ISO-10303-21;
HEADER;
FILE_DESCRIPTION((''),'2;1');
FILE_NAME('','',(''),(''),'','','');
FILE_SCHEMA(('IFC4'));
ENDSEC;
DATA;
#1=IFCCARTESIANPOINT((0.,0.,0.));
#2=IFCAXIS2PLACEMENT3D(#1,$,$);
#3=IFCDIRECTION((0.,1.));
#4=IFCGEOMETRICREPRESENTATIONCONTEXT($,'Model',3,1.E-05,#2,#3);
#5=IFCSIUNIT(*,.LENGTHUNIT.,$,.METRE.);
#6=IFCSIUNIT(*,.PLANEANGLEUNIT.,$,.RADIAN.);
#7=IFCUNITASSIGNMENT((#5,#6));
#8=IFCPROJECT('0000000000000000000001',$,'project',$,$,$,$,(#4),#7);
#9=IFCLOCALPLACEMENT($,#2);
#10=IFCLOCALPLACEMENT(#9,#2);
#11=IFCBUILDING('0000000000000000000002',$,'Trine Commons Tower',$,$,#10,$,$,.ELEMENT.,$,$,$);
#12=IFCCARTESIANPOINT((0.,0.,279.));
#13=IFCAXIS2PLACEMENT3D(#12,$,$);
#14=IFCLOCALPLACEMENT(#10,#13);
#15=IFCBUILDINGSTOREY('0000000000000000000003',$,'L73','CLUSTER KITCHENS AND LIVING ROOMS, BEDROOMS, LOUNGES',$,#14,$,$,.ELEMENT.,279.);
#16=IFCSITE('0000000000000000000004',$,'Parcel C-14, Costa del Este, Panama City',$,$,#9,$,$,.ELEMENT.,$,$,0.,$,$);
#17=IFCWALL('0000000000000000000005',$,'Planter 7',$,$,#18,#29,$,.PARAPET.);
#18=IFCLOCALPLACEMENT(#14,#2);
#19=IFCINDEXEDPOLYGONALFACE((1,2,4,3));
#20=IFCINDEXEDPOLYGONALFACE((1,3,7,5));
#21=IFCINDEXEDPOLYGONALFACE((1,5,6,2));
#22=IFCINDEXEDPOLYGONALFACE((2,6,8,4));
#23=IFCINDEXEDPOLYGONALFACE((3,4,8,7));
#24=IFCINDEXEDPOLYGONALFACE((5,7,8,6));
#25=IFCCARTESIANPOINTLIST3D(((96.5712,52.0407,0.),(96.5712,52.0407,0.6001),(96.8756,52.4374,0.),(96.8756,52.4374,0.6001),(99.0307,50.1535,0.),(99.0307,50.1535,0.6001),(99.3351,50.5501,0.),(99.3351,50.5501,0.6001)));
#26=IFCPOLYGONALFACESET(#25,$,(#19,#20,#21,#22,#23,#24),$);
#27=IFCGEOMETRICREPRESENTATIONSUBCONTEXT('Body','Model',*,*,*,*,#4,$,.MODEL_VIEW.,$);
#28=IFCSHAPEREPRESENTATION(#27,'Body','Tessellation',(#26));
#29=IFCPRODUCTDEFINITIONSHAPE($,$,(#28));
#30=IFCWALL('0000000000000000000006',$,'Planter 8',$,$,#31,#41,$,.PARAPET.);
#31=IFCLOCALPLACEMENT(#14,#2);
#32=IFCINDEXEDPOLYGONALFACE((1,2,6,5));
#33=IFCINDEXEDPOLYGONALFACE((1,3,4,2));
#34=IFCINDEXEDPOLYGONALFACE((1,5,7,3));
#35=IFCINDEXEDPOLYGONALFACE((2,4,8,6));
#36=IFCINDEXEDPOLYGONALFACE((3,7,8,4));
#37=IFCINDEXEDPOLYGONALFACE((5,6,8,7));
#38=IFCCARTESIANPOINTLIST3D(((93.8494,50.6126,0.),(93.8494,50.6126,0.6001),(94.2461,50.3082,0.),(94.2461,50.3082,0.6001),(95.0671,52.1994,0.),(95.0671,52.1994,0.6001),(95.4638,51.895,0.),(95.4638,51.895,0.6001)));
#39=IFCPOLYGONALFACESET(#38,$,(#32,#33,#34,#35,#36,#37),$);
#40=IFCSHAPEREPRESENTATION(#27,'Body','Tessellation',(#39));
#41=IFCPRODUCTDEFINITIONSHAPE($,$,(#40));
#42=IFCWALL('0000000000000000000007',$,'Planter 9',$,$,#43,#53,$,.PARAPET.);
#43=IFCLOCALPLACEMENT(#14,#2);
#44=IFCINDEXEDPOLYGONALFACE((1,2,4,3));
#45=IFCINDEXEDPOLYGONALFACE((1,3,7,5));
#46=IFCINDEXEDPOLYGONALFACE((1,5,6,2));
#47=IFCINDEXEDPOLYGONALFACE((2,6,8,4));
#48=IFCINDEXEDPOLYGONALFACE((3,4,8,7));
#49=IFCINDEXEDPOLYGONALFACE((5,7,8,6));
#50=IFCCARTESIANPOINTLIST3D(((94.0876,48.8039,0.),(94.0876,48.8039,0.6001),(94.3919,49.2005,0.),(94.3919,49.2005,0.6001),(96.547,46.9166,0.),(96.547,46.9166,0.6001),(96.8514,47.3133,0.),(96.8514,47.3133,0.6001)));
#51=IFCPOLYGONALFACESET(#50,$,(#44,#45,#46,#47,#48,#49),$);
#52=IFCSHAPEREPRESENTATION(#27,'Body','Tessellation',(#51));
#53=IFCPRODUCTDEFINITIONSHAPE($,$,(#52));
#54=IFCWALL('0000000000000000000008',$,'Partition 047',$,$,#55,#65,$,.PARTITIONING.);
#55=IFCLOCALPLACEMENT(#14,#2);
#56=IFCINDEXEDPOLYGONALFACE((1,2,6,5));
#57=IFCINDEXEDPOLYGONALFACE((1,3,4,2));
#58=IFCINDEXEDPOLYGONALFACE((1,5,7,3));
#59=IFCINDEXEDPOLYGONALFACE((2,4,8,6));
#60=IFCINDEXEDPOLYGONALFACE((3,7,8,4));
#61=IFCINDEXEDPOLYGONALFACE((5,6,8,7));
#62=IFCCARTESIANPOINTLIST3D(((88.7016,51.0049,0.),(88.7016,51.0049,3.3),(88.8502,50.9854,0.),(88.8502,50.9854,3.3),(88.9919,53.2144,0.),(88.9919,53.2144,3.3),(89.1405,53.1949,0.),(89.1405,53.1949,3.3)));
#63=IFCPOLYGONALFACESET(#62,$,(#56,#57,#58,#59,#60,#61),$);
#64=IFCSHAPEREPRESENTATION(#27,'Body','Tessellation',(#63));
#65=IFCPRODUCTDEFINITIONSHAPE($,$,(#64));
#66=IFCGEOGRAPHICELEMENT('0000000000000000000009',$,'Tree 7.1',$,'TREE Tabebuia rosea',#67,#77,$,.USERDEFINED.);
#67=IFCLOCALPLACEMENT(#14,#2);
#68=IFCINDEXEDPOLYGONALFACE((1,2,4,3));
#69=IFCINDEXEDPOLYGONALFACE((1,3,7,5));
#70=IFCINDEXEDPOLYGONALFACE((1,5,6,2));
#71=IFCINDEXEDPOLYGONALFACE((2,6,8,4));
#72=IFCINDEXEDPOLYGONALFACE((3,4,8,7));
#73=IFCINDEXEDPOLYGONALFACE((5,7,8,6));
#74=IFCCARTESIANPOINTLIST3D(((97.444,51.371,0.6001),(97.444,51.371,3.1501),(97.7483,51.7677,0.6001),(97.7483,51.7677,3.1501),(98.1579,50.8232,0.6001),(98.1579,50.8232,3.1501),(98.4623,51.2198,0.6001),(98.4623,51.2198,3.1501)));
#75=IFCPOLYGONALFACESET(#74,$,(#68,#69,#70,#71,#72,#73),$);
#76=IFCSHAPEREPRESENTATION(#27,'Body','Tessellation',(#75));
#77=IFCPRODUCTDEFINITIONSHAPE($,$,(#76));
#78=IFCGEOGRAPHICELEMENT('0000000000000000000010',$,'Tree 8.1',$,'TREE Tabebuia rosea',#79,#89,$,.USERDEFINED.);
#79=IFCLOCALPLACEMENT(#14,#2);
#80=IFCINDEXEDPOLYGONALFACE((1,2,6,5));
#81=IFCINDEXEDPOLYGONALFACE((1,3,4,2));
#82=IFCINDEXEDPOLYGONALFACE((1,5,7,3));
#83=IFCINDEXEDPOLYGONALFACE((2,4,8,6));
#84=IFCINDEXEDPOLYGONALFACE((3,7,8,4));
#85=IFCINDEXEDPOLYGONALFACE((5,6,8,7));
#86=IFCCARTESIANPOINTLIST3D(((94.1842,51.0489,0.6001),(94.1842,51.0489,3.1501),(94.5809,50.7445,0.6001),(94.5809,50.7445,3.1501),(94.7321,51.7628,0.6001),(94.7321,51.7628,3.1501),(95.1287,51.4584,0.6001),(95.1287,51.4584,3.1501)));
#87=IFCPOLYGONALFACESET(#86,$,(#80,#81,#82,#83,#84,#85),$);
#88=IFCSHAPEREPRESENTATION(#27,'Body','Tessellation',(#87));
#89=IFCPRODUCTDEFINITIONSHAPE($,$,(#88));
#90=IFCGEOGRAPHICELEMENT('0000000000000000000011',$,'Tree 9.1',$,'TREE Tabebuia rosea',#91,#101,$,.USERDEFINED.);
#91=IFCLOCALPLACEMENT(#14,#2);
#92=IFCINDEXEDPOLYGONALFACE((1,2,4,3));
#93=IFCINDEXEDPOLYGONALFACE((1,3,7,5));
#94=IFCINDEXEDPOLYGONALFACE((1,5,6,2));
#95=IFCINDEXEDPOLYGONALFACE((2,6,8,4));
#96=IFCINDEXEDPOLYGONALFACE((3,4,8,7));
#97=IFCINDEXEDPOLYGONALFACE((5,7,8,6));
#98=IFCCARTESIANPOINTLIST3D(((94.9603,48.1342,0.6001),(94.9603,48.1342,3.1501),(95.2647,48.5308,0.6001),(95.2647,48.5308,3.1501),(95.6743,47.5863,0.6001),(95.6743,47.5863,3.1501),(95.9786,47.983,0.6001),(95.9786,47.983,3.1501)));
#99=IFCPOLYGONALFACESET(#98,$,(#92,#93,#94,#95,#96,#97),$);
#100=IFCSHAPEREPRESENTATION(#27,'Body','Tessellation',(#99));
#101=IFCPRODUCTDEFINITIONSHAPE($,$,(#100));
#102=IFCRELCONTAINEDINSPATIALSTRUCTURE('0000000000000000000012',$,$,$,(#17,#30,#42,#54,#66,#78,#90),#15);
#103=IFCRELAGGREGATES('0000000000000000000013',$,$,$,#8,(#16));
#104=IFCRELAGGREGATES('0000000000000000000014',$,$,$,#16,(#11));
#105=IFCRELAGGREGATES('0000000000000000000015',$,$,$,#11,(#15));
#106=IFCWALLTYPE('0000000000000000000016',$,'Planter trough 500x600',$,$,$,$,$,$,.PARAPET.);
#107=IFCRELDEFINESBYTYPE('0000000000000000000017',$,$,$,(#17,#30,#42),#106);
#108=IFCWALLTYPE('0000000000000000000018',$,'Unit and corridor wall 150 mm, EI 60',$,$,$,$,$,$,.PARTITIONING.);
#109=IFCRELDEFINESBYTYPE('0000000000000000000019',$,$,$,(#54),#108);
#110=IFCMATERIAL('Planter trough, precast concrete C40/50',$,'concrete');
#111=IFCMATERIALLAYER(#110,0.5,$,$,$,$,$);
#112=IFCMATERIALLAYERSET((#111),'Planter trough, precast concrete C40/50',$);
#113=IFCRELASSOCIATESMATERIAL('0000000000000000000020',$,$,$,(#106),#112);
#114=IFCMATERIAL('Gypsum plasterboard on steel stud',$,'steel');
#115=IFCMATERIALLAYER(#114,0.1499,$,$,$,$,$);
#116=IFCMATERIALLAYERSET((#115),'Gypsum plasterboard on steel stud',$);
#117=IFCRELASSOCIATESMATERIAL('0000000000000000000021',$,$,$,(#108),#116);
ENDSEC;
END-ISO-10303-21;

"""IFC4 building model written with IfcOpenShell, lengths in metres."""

from ifc_helpers import new_model, si_unit, direction, frame, frame_2d, origin, origin_2d, place, context, subcontext, project, spatial, rectangle, extrude, material, layer, layer_set, type_object, element, save


model = new_model("IFC4")

# Units and contexts
model_context = context("Model", 3, precision=1e-05, world=origin(), true_north=direction((0.0, 1.0)))
body_context = subcontext(model_context, "Body", "Model", "MODEL_VIEW")
ifc_project = project(units=[si_unit("LENGTHUNIT", "METRE"), si_unit("PLANEANGLEUNIT", "RADIAN")], contexts=[model_context])

# Site, building, storey
site_placement = place(None, origin())
site = spatial("IfcSite", under=ifc_project, at=site_placement, Name="Parcel C-14, Costa del Este, Panama City", CompositionType="ELEMENT", RefElevation=0.0)
building_placement = place(site_placement, origin())
building = spatial("IfcBuilding", under=site, at=building_placement, Name="Trine Commons Tower", CompositionType="ELEMENT")
storey_placement = place(building_placement, frame((0.0, 0.0, 279.0)))
storey = spatial("IfcBuildingStorey", under=building, at=storey_placement, Name="L73", Description="CLUSTER KITCHENS AND LIVING ROOMS, BEDROOMS, LOUNGES", CompositionType="ELEMENT", Elevation=279.0)

# Walls
ifc_material_1 = material(Name="Planter trough, precast concrete C40/50", Category="concrete")
ifc_layer_1 = layer(ifc_material_1, 0.5)
ifc_layer_set_1 = layer_set([ifc_layer_1], Name="Planter trough, precast concrete C40/50")
wall_type_1 = type_object("IfcWallType", Name="Planter trough 500x600", PredefinedType="PARAPET", material=ifc_layer_set_1)
wall_1_placement = place(storey_placement, frame((99.1829, 50.3518, 0.0), z_axis=(0.0, 0.0, 1.0), x_axis=(-0.793355, 0.608759, 0.0)))
element("IfcWall", 1, at=wall_1_placement, inside=storey, type_object=wall_type_1, Name="Planter 7", PredefinedType="PARAPET", context=body_context, shape_type="SweptSolid", body=[
    extrude(rectangle(XDim=3.1001, YDim=0.5, at=frame_2d((1.55, 0.0))), origin(), (0.0, 0.0, 1.0), 0.6001),
])
wall_2_placement = place(storey_placement, frame((95.2654, 52.0471, 0.0), z_axis=(0.0, 0.0, 1.0), x_axis=(-0.60879, -0.793331, 0.0)))
element("IfcWall", 2, at=wall_2_placement, inside=storey, type_object=wall_type_1, Name="Planter 8", PredefinedType="PARAPET", context=body_context, shape_type="SweptSolid", body=[
    extrude(rectangle(XDim=2.0002, YDim=0.5, at=frame_2d((1.0, 0.0))), origin(), (0.0, 0.0, 1.0), 0.6001),
])
wall_3_placement = place(storey_placement, frame((94.2397, 49.0022, 0.0), z_axis=(0.0, 0.0, 1.0), x_axis=(0.793355, -0.608759, 0.0)))
element("IfcWall", 3, at=wall_3_placement, inside=storey, type_object=wall_type_1, Name="Planter 9", PredefinedType="PARAPET", context=body_context, shape_type="SweptSolid", body=[
    extrude(rectangle(XDim=3.1001, YDim=0.5, at=frame_2d((1.55, 0.0))), origin(), (0.0, 0.0, 1.0), 0.6001),
])
ifc_material_2 = material(Name="Gypsum plasterboard on steel stud", Category="steel")
ifc_layer_2 = layer(ifc_material_2, 0.1499)
ifc_layer_set_2 = layer_set([ifc_layer_2], Name="Gypsum plasterboard on steel stud")
wall_type_2 = type_object("IfcWallType", Name="Unit and corridor wall 150 mm, EI 60", PredefinedType="PARTITIONING", material=ifc_layer_set_2)
wall_4_placement = place(storey_placement, frame((88.7759, 50.9951, 0.0), z_axis=(0.0, 0.0, 1.0), x_axis=(0.130262, 0.99148, 0.0)))
element("IfcWall", 4, at=wall_4_placement, inside=storey, type_object=wall_type_2, Name="Partition 047", PredefinedType="PARTITIONING", context=body_context, shape_type="SweptSolid", body=[
    extrude(rectangle(XDim=2.2285, YDim=0.1499, at=frame_2d((1.1143, 0.0))), origin(), (0.0, 0.0, 1.0), 3.3),
])

# Geographic elements
for number, where, z_axis, x_axis, name in (
    (5, (97.9531, 51.2954, 0.6001), (0.0, 0.0, 1.0), (-0.793348, 0.608768, 0.0), "Tree 7.1"),
    (6, (94.6565, 51.2537, 0.6001), (0.0, 0.0, 1.0), (-0.608764, -0.793351, 0.0), "Tree 8.1"),
    (7, (95.4695, 48.0586, 0.6001), (0.0, 0.0, 1.0), (0.793348, -0.608768, 0.0), "Tree 9.1"),
):
    element("IfcGeographicElement", number, at=place(storey_placement, frame(where, z_axis=z_axis, x_axis=x_axis)), inside=storey, Name=name, ObjectType="TREE Tabebuia rosea", PredefinedType="USERDEFINED", context=body_context, shape_type="SweptSolid", body=[
        extrude(rectangle(XDim=0.8999, YDim=0.5, at=origin_2d()), origin(), (0.0, 0.0, 1.0), 2.55),
    ])

save(model, "model.ifc")
